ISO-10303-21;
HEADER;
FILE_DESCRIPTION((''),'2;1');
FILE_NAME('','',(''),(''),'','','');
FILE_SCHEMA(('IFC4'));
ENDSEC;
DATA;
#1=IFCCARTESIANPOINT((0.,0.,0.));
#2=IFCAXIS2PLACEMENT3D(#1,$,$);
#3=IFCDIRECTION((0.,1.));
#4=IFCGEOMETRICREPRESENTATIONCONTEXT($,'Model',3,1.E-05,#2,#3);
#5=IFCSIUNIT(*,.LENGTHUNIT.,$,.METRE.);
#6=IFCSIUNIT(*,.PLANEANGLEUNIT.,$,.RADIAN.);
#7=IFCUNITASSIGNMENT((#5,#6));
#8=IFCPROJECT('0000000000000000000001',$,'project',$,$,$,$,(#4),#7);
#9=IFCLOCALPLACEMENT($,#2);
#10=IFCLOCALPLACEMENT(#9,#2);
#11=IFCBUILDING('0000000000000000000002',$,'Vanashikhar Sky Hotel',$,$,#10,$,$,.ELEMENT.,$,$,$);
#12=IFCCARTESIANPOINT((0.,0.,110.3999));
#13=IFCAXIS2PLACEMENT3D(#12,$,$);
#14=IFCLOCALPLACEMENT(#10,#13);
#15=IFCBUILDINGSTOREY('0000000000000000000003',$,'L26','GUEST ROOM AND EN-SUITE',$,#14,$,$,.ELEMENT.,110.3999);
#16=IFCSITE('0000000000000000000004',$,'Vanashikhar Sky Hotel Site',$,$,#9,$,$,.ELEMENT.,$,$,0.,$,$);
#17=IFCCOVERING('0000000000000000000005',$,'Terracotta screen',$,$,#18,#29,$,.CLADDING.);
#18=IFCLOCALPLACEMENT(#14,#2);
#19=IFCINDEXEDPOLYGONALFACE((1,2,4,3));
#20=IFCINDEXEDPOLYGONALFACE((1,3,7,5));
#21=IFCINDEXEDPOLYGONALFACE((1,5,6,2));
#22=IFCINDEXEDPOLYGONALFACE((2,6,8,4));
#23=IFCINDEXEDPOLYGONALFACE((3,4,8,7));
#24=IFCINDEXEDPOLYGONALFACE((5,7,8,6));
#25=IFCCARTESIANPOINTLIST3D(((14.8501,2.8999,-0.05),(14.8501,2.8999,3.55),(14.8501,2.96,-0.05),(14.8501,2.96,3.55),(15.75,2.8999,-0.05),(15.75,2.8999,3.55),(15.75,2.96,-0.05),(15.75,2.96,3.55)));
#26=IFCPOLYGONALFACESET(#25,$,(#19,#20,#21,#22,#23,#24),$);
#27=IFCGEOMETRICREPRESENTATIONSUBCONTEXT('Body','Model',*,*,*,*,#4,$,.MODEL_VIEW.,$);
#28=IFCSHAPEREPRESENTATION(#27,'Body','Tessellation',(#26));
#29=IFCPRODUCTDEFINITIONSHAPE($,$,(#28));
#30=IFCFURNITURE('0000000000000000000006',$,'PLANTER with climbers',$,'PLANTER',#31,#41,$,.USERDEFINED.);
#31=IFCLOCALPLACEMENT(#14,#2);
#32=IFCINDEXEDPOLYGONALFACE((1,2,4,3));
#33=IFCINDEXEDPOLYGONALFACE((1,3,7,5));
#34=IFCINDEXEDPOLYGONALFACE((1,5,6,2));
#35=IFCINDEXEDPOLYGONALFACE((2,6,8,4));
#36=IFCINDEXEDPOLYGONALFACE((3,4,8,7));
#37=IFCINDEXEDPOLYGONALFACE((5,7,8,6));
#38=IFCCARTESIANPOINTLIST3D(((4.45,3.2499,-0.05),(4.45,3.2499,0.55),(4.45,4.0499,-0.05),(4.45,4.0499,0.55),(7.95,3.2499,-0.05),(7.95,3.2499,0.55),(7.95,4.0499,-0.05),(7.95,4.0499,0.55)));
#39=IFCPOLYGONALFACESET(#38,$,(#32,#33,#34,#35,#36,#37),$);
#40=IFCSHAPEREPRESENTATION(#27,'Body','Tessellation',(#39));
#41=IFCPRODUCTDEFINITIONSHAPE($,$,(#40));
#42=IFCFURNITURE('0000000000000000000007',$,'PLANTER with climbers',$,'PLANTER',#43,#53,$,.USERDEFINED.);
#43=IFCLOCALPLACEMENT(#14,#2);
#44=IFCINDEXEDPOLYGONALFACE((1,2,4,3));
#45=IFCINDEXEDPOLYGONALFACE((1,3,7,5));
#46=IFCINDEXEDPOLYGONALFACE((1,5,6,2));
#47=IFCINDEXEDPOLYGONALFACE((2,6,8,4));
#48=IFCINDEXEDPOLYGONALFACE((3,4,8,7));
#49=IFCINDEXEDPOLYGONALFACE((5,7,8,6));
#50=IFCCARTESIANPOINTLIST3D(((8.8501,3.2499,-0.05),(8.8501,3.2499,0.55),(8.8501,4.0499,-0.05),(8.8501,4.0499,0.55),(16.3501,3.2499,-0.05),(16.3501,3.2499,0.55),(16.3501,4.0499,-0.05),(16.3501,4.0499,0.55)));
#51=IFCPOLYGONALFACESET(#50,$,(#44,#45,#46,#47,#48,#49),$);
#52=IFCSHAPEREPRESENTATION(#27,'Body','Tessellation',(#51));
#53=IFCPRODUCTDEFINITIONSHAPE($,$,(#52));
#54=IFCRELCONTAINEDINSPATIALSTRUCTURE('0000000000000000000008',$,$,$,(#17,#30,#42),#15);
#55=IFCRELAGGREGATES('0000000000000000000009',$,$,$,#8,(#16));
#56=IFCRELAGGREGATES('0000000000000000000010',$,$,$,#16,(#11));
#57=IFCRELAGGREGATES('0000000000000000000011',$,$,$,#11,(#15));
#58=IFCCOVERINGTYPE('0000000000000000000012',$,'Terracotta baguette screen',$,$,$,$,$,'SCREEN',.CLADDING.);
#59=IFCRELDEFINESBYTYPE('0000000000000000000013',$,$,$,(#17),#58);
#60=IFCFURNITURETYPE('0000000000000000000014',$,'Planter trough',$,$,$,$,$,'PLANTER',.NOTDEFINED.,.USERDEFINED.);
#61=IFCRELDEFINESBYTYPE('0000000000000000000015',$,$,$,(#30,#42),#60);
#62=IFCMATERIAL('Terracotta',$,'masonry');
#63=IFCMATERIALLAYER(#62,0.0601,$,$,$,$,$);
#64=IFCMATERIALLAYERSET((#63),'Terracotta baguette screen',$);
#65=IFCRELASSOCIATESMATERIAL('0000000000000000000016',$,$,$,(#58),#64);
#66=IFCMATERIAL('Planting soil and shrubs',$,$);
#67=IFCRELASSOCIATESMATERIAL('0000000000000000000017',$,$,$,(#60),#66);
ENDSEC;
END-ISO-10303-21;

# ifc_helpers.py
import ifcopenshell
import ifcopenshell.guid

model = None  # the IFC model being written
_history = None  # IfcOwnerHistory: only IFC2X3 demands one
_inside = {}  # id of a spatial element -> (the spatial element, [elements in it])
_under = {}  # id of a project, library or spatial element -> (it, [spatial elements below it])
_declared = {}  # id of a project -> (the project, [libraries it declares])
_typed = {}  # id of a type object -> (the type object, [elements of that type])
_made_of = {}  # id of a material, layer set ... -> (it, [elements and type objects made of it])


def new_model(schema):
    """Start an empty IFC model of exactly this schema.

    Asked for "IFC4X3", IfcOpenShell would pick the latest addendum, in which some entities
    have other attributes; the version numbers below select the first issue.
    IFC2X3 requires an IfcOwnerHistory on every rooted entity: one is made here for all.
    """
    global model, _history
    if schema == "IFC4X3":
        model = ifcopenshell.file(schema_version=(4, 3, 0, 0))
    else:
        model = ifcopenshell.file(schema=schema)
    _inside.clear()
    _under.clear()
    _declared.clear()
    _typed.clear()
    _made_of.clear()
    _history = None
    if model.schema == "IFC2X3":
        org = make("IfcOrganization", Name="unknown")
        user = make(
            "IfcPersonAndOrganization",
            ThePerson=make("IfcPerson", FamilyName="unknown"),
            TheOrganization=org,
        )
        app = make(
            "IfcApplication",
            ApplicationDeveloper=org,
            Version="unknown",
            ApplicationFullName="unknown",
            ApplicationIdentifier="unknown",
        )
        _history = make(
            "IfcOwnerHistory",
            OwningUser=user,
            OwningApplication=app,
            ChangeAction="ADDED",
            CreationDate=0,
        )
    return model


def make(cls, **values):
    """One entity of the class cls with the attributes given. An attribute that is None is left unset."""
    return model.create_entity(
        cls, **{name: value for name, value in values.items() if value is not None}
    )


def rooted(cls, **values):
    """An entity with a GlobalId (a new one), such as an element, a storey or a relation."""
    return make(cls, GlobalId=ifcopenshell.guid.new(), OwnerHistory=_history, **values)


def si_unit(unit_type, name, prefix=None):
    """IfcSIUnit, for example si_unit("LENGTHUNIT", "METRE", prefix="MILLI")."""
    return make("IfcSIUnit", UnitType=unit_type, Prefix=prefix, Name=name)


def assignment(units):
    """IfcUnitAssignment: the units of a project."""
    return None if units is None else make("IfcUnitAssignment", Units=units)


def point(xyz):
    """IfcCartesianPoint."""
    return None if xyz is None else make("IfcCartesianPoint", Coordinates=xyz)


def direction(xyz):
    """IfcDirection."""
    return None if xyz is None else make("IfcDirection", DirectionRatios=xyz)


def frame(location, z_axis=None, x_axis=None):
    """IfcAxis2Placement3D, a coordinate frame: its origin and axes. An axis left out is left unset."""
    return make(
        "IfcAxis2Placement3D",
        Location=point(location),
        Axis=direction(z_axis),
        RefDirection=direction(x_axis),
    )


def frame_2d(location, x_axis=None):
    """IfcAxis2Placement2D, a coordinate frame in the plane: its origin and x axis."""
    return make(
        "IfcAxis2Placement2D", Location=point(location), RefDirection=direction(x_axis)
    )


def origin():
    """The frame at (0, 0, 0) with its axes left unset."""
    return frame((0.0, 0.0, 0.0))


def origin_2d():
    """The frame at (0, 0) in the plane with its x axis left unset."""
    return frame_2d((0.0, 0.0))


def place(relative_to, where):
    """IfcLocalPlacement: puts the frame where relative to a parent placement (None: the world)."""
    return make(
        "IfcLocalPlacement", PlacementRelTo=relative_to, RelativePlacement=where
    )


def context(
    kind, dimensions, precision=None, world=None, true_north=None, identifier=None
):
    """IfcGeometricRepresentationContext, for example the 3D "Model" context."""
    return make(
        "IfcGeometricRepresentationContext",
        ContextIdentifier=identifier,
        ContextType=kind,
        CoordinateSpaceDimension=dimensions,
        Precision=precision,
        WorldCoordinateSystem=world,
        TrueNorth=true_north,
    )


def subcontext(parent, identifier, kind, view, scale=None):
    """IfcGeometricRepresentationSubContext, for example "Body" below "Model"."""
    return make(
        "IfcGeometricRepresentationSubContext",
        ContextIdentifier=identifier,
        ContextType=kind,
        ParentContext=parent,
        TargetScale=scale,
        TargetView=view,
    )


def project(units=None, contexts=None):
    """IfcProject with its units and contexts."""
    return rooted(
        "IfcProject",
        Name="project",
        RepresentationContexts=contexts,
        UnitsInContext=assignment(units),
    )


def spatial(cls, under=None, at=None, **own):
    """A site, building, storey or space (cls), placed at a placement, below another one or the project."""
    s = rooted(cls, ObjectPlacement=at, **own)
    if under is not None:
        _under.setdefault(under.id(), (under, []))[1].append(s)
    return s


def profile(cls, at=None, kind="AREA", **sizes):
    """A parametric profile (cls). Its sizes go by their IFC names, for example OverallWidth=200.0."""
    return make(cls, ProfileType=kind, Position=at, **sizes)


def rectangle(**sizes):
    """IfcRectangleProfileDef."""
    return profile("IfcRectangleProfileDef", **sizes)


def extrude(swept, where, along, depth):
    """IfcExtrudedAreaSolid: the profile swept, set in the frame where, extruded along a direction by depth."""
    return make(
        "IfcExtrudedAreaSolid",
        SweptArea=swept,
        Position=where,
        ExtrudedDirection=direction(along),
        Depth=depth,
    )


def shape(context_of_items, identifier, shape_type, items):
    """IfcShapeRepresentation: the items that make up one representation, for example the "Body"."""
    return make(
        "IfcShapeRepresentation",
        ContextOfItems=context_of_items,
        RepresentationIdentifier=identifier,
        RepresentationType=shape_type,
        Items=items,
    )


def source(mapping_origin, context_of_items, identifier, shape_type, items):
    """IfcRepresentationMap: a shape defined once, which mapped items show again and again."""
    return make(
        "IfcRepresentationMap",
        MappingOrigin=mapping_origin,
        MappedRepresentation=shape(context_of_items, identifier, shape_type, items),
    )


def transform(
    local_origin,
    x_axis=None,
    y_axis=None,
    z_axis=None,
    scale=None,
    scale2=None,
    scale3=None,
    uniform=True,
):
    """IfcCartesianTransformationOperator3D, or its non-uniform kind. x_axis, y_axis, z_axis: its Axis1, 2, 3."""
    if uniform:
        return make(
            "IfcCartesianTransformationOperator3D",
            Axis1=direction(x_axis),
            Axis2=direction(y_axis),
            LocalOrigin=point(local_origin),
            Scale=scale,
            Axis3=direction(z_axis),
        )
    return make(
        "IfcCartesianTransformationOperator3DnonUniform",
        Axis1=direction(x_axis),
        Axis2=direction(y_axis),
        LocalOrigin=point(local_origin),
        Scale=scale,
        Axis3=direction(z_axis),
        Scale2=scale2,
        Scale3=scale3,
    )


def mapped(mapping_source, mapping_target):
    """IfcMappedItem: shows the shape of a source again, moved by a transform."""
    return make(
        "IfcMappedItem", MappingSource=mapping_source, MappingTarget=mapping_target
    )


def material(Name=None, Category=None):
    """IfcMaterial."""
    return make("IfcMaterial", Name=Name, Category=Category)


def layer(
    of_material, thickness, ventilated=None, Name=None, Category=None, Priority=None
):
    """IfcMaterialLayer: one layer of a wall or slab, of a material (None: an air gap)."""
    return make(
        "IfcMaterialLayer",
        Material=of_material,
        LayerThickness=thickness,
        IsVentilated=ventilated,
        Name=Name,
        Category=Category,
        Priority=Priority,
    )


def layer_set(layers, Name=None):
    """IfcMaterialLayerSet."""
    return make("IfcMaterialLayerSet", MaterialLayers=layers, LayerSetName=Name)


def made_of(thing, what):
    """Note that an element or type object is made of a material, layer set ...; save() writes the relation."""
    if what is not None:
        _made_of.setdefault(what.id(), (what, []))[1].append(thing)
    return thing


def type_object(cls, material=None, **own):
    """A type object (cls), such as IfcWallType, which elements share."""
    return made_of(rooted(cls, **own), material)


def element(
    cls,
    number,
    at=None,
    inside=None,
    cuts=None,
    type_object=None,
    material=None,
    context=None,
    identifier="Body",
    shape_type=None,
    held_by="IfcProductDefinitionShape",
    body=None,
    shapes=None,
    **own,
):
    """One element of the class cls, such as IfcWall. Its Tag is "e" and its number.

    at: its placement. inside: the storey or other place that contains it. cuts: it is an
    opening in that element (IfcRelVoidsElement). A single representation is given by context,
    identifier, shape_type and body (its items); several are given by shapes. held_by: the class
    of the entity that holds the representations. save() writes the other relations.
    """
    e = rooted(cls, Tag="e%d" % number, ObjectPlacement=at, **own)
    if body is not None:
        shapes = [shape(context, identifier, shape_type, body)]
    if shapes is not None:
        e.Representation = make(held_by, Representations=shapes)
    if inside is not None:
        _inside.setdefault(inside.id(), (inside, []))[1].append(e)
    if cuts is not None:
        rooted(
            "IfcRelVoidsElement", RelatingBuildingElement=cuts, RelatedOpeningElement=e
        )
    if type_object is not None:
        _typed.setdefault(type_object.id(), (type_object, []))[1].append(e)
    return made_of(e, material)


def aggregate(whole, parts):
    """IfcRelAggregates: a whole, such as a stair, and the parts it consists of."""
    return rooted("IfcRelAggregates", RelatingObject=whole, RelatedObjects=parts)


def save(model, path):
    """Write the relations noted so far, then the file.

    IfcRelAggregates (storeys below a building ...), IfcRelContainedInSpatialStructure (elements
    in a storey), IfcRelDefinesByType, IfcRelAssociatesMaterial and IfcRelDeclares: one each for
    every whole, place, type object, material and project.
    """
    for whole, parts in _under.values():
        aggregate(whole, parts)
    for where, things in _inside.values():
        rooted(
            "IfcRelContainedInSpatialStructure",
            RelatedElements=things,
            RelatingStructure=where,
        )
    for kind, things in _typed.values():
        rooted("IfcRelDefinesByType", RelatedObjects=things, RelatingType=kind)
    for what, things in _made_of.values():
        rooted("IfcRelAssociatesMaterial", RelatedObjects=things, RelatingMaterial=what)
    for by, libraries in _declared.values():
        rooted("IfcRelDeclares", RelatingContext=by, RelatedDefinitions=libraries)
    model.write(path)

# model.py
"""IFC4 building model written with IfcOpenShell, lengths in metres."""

from ifc_helpers import new_model, si_unit, direction, frame, origin, origin_2d, place, context, subcontext, project, spatial, rectangle, extrude, source, transform, mapped, material, layer, layer_set, type_object, element, save


model = new_model("IFC4")

# Units and contexts
model_context = context("Model", 3, precision=1e-05, world=origin(), true_north=direction((0.0, 1.0)))
body_context = subcontext(model_context, "Body", "Model", "MODEL_VIEW")
ifc_project = project(units=[si_unit("LENGTHUNIT", "METRE"), si_unit("PLANEANGLEUNIT", "RADIAN")], contexts=[model_context])

# Site, building, storey
site_placement = place(None, origin())
site = spatial("IfcSite", under=ifc_project, at=site_placement, Name="Vanashikhar Sky Hotel Site", CompositionType="ELEMENT", RefElevation=0.0)
building_placement = place(site_placement, origin())
building = spatial("IfcBuilding", under=site, at=building_placement, Name="Vanashikhar Sky Hotel", CompositionType="ELEMENT")
storey_placement = place(building_placement, frame((0.0, 0.0, 110.3999)))
storey = spatial("IfcBuildingStorey", under=building, at=storey_placement, Name="L26", Description="GUEST ROOM AND EN-SUITE", CompositionType="ELEMENT", Elevation=110.3999)

# Covering
ifc_material_1 = material(Name="Terracotta", Category="masonry")
ifc_layer_1 = layer(ifc_material_1, 0.0601)
ifc_layer_set_1 = layer_set([ifc_layer_1], Name="Terracotta baguette screen")
covering_type = type_object("IfcCoveringType", Name="Terracotta baguette screen", ElementType="SCREEN", PredefinedType="CLADDING", material=ifc_layer_set_1)
shared_shape_1 = source(origin(), body_context, "Body", "SweptSolid", [
    extrude(rectangle(XDim=0.8999, YDim=0.0601, at=origin_2d()), origin(), (0.0, 0.0, 1.0), 3.6001),
])
covering_placement = place(storey_placement, frame((15.3, 2.9299, -0.05), z_axis=(0.0, 0.0, 1.0), x_axis=(1.0, 0.0, 0.0)))
element("IfcCovering", 1, at=covering_placement, inside=storey, type_object=covering_type, Name="Terracotta screen", PredefinedType="CLADDING", context=body_context, shape_type="MappedRepresentation", body=[
    mapped(shared_shape_1, transform((0.0, 0.0, 0.0), scale=1.0)),
])

# Furniture
ifc_material_2 = material(Name="Planting soil and shrubs")
furniture_type = type_object("IfcFurnitureType", Name="Planter trough", ElementType="PLANTER", AssemblyPlace="NOTDEFINED", PredefinedType="USERDEFINED", material=ifc_material_2)
shared_shape_2 = source(origin(), body_context, "Body", "SweptSolid", [
    extrude(rectangle(XDim=3.5, YDim=0.8, at=origin_2d()), origin(), (0.0, 0.0, 1.0), 0.6001),
])
furniture_1_placement = place(storey_placement, frame((6.2, 3.6499, -0.05), z_axis=(0.0, 0.0, 1.0), x_axis=(1.0, 0.0, 0.0)))
element("IfcFurniture", 2, at=furniture_1_placement, inside=storey, type_object=furniture_type, Name="PLANTER with climbers", ObjectType="PLANTER", PredefinedType="USERDEFINED", context=body_context, shape_type="MappedRepresentation", body=[
    mapped(shared_shape_2, transform((0.0, 0.0, 0.0), scale=1.0)),
])
shared_shape_3 = source(origin(), body_context, "Body", "SweptSolid", [
    extrude(rectangle(XDim=7.5, YDim=0.8, at=origin_2d()), origin(), (0.0, 0.0, 1.0), 0.6001),
])
furniture_2_placement = place(storey_placement, frame((12.6001, 3.6499, -0.05), z_axis=(0.0, 0.0, 1.0), x_axis=(1.0, 0.0, 0.0)))
element("IfcFurniture", 3, at=furniture_2_placement, inside=storey, type_object=furniture_type, Name="PLANTER with climbers", ObjectType="PLANTER", PredefinedType="USERDEFINED", context=body_context, shape_type="MappedRepresentation", body=[
    mapped(shared_shape_3, transform((0.0, 0.0, 0.0), scale=1.0)),
])

save(model, "model.ifc")
